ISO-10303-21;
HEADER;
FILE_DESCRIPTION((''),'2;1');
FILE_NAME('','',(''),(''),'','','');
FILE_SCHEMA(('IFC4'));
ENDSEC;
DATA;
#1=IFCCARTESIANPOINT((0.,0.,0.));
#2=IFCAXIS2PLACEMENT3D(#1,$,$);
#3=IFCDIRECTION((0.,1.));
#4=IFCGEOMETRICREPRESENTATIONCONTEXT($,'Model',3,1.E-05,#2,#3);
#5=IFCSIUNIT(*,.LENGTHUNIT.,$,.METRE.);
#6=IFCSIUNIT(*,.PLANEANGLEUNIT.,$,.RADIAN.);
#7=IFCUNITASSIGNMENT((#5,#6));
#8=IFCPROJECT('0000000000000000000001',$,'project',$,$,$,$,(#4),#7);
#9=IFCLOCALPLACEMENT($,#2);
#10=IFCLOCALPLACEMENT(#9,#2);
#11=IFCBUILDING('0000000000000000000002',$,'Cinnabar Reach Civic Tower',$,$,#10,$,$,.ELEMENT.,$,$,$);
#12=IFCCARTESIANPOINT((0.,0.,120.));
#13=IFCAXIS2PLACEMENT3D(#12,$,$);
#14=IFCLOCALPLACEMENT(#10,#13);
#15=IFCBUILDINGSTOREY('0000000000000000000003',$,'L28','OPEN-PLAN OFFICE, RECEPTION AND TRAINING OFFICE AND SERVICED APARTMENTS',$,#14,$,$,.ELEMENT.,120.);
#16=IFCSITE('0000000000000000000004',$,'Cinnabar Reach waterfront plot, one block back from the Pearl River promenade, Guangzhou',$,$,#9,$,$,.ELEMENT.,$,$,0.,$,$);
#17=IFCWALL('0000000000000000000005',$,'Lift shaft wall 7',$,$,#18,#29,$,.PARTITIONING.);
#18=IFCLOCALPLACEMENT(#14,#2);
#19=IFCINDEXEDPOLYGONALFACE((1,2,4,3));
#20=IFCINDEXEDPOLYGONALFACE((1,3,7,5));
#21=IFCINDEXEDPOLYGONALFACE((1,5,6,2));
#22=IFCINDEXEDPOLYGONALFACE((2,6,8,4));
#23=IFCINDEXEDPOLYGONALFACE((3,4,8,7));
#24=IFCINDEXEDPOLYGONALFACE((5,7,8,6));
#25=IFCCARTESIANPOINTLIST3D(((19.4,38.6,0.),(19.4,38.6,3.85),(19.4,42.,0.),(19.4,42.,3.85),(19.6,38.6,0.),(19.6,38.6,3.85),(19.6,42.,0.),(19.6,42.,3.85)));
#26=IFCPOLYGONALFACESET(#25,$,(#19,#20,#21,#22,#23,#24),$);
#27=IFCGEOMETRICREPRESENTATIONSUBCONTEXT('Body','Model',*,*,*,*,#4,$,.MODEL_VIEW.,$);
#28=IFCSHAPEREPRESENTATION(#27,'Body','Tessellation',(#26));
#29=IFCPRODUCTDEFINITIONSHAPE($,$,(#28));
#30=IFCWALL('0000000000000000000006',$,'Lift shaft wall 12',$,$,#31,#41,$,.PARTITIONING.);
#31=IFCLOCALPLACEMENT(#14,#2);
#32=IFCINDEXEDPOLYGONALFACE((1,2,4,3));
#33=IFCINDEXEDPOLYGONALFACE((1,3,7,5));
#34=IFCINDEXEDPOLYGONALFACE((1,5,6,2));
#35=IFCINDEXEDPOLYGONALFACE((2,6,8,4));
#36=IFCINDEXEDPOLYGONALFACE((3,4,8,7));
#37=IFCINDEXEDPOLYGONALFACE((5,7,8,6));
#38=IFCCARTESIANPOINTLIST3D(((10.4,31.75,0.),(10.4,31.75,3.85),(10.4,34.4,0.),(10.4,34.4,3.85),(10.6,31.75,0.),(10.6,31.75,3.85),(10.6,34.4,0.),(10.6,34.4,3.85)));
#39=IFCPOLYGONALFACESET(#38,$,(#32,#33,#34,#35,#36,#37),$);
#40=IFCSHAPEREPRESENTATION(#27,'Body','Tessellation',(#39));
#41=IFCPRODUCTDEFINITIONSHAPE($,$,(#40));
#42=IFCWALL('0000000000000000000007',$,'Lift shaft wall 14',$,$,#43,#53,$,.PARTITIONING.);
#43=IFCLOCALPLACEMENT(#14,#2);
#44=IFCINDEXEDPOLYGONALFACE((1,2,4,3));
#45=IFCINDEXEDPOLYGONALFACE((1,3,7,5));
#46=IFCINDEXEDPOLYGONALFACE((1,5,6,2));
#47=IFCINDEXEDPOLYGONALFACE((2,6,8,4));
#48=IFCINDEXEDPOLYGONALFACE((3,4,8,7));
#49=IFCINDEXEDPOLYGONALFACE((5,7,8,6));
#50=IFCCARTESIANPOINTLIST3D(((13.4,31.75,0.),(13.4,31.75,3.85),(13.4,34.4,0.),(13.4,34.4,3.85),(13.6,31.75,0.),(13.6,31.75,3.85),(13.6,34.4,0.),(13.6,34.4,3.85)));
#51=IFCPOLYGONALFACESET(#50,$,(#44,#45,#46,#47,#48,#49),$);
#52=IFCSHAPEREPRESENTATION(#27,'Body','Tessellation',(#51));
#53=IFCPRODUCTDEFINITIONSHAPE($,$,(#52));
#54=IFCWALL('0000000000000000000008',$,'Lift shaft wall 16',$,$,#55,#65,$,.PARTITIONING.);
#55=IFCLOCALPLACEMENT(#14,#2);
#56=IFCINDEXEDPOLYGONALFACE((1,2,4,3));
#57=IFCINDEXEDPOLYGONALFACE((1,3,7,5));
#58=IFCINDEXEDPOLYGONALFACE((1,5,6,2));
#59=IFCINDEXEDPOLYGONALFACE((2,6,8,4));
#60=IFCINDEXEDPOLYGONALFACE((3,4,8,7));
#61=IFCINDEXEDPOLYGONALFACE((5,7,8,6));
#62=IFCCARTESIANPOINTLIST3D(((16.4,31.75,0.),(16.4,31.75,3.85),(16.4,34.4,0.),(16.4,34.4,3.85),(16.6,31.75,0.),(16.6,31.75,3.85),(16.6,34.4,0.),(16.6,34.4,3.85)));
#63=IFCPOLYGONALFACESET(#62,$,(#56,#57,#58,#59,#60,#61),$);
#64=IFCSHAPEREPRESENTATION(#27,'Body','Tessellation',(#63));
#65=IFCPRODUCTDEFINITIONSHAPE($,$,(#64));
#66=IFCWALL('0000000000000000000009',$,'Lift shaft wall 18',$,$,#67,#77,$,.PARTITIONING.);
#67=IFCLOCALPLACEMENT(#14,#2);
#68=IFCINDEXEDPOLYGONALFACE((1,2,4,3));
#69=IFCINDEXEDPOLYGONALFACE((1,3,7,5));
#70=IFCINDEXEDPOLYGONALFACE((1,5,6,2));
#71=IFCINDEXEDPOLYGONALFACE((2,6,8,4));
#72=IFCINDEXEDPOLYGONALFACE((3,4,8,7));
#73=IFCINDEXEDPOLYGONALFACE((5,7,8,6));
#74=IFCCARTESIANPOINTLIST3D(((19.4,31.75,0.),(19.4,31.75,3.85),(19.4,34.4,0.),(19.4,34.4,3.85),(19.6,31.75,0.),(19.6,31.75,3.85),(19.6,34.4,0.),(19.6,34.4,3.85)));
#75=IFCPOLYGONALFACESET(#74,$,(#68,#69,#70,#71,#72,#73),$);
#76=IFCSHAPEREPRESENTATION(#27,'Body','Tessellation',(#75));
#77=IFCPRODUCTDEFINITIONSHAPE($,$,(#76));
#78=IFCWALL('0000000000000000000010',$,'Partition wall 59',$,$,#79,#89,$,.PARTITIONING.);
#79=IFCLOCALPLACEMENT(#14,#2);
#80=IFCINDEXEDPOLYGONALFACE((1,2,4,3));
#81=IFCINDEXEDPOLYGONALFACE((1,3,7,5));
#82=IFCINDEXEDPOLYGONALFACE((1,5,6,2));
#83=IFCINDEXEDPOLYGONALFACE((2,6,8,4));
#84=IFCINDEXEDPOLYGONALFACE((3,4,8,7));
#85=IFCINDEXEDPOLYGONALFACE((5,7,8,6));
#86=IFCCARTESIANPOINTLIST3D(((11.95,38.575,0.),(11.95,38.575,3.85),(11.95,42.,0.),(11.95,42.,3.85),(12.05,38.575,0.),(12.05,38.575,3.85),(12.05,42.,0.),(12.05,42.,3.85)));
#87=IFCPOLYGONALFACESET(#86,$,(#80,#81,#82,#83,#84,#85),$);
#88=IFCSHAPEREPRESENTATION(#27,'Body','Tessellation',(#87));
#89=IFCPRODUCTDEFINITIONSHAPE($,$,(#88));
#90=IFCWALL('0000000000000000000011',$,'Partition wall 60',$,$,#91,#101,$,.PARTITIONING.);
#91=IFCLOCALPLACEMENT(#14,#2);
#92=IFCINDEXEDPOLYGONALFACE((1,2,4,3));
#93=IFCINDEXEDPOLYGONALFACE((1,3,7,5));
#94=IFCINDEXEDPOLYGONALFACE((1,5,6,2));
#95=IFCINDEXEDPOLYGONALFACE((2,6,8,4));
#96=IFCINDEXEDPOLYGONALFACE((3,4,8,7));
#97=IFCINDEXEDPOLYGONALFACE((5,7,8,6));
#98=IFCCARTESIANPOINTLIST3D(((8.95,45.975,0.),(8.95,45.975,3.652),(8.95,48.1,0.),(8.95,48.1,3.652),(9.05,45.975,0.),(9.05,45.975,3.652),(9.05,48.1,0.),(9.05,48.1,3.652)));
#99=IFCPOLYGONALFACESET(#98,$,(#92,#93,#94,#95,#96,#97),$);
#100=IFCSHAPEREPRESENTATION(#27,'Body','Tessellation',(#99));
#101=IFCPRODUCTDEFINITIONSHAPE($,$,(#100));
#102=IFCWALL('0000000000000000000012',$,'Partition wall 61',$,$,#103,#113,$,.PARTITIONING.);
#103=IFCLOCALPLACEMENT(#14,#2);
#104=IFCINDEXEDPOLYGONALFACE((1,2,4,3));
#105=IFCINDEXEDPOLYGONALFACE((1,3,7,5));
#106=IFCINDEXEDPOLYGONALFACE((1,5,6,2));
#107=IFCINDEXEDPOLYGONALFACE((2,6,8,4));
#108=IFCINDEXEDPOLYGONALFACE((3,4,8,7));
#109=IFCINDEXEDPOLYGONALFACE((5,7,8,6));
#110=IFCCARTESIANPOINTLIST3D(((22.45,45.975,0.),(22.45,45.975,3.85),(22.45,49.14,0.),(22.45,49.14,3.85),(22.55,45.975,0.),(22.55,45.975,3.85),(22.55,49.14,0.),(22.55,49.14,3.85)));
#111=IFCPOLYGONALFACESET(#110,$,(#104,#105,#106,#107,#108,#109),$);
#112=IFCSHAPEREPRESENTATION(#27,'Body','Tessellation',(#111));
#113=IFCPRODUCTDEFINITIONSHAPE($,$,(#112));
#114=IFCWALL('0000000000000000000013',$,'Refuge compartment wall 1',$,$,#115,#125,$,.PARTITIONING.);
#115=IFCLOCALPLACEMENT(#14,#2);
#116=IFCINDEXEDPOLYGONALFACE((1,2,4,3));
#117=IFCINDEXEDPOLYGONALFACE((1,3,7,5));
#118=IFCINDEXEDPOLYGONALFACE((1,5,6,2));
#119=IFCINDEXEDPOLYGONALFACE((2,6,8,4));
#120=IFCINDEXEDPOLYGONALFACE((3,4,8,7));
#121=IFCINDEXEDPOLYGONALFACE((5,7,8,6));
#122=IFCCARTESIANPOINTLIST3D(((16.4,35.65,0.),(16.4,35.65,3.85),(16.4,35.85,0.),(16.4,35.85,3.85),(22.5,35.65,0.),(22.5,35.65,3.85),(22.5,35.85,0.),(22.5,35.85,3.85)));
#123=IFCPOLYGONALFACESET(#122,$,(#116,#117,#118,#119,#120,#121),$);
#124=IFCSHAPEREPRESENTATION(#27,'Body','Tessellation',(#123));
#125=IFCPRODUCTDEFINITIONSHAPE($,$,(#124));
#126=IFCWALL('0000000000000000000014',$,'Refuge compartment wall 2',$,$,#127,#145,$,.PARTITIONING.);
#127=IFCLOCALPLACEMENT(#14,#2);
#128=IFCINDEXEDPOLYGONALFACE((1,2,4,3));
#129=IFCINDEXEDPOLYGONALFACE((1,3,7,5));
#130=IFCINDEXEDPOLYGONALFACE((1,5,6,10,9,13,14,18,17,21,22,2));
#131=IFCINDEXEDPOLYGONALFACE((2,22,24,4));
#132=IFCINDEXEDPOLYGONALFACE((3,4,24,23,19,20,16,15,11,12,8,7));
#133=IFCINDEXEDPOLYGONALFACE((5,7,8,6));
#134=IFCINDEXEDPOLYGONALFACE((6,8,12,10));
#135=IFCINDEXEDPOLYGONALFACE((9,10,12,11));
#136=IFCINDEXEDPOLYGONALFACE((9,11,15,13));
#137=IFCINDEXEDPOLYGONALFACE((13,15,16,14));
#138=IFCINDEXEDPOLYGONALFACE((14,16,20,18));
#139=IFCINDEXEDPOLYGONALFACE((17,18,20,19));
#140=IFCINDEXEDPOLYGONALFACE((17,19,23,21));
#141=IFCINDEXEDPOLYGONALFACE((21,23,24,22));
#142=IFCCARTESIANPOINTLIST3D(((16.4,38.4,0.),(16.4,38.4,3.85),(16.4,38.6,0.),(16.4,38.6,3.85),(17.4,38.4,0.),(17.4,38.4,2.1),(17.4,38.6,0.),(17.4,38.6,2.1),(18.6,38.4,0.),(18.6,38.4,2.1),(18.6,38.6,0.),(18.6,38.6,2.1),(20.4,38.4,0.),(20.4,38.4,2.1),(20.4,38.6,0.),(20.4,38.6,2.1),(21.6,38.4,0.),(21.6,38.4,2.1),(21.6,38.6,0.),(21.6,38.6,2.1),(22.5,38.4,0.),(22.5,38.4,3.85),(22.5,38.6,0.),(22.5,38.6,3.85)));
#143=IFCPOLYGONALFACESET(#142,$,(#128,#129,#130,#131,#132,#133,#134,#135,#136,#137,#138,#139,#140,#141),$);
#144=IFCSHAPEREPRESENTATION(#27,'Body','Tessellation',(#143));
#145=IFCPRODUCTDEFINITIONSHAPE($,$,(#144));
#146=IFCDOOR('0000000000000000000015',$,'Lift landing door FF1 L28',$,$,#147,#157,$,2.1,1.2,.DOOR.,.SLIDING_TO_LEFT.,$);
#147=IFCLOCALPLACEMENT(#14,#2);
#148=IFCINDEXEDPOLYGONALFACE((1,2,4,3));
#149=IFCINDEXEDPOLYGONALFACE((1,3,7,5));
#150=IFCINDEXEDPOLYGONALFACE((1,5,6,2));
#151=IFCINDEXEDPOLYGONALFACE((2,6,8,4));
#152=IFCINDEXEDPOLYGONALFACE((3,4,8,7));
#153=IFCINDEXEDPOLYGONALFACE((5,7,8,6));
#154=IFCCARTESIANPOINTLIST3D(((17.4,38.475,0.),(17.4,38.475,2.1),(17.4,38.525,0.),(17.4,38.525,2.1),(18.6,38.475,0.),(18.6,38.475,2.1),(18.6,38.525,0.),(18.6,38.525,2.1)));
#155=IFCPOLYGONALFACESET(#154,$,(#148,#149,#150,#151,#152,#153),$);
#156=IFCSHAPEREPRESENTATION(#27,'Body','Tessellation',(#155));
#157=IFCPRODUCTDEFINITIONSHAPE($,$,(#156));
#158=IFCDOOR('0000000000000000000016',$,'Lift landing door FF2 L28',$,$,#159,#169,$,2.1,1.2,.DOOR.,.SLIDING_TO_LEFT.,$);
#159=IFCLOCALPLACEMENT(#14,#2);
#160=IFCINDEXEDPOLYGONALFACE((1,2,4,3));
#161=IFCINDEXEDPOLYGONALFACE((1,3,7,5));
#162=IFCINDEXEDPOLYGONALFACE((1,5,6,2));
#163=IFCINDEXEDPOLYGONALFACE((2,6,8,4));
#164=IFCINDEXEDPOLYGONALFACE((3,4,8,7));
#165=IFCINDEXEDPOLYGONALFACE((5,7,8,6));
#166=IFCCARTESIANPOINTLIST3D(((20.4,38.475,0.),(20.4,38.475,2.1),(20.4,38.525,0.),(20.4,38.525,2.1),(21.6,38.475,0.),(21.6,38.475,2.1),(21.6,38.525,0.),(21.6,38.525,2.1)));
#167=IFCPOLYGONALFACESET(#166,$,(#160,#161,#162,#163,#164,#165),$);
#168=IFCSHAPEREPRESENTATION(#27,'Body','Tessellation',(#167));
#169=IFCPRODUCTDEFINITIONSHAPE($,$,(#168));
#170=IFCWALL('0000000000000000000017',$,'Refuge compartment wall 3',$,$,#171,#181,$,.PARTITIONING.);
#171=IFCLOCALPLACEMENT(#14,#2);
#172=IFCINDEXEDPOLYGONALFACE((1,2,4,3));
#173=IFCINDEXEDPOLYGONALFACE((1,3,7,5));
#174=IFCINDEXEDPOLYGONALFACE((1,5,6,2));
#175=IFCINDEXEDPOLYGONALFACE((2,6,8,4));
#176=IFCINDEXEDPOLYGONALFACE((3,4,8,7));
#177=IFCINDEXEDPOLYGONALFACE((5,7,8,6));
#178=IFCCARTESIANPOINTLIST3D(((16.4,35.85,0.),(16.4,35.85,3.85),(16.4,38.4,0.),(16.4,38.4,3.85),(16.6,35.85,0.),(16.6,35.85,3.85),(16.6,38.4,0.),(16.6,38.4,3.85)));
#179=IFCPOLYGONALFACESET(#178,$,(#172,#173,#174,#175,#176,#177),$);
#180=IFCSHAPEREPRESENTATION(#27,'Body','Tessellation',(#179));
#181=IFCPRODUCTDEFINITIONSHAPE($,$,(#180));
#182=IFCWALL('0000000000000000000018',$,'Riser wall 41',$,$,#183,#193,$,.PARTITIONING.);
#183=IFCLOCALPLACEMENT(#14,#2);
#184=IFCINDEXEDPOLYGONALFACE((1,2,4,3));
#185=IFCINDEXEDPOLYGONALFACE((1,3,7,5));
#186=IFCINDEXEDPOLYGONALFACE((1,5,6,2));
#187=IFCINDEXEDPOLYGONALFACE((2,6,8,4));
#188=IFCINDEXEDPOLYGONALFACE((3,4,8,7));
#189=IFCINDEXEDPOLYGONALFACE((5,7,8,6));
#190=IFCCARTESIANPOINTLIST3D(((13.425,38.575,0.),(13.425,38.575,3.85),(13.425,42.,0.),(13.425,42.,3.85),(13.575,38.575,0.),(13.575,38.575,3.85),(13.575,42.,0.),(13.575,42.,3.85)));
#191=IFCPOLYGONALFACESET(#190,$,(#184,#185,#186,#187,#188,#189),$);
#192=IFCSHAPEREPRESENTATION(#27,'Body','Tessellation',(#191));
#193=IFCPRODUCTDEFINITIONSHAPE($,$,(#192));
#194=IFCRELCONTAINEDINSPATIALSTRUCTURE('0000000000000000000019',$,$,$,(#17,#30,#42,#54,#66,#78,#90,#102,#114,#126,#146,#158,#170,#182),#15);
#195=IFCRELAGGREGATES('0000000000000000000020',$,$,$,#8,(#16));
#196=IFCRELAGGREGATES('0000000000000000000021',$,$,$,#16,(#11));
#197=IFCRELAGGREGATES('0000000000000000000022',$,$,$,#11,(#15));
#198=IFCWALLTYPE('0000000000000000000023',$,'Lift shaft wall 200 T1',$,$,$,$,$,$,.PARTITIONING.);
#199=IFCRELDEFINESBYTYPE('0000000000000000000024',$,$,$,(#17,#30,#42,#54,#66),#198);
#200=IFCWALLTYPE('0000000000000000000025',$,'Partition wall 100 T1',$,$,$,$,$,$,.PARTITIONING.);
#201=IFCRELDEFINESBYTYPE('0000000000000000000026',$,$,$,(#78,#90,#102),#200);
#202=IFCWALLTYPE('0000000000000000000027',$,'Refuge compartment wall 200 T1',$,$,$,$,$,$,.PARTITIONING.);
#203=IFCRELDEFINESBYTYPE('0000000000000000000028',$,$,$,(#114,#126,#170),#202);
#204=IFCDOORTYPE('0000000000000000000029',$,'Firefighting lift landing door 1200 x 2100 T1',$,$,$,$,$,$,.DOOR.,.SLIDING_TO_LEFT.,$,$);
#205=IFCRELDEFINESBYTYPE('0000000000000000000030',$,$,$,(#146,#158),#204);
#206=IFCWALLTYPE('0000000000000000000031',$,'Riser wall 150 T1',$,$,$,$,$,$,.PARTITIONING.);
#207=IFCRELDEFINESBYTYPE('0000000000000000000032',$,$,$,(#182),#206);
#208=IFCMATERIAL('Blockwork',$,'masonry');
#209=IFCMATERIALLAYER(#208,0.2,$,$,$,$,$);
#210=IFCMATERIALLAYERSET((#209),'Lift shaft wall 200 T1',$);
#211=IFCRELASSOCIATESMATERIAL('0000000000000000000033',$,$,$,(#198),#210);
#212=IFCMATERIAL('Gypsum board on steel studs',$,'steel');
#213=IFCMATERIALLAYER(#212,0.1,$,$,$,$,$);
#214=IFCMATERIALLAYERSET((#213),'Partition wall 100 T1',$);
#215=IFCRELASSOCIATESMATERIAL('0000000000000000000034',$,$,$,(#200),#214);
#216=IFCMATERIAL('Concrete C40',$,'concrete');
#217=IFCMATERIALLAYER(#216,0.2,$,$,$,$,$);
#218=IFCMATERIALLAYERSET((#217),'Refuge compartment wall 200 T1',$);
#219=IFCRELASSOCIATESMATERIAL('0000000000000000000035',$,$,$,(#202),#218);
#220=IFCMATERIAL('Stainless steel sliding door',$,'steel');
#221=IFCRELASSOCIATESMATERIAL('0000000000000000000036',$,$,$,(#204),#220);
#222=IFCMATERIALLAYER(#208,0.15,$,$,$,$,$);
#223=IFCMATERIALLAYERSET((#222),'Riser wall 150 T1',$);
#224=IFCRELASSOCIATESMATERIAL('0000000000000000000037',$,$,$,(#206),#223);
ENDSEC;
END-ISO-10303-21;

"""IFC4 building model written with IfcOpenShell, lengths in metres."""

from ifc_helpers import new_model, si_unit, direction, frame, frame_2d, origin, place, context, subcontext, project, spatial, rectangle, extrude, material, layer, layer_set, type_object, element, fill, save


model = new_model("IFC4")

# Units and contexts
model_context = context("Model", 3, precision=1e-05, world=origin(), true_north=direction((0.0, 1.0)))
body_context = subcontext(model_context, "Body", "Model", "MODEL_VIEW")
ifc_project = project(units=[si_unit("LENGTHUNIT", "METRE"), si_unit("PLANEANGLEUNIT", "RADIAN")], contexts=[model_context])

# Site, building, storey
site_placement = place(None, origin())
site = spatial("IfcSite", under=ifc_project, at=site_placement, Name="Cinnabar Reach waterfront plot, one block back from the Pearl River promenade, Guangzhou", CompositionType="ELEMENT", RefElevation=0.0)
building_placement = place(site_placement, origin())
building = spatial("IfcBuilding", under=site, at=building_placement, Name="Cinnabar Reach Civic Tower", CompositionType="ELEMENT")
storey_placement = place(building_placement, frame((0.0, 0.0, 120.0)))
storey = spatial("IfcBuildingStorey", under=building, at=storey_placement, Name="L28", Description="OPEN-PLAN OFFICE, RECEPTION AND TRAINING OFFICE AND SERVICED APARTMENTS", CompositionType="ELEMENT", Elevation=120.0)

# Walls
ifc_material_1 = material(Name="Blockwork", Category="masonry")
ifc_layer_1 = layer(ifc_material_1, 0.2)
ifc_layer_set_1 = layer_set([ifc_layer_1], Name="Lift shaft wall 200 T1")
wall_type_1 = type_object("IfcWallType", Name="Lift shaft wall 200 T1", PredefinedType="PARTITIONING", material=ifc_layer_set_1)
for number, where, z_axis, x_axis, name in (
    (1, (19.5, 38.6, 0.0), (0.0, 0.0, 1.0), (0.0, 1.0, 0.0), "Lift shaft wall 7"),
):
    element("IfcWall", number, at=place(storey_placement, frame(where, z_axis=z_axis, x_axis=x_axis)), inside=storey, type_object=wall_type_1, Name=name, PredefinedType="PARTITIONING", context=body_context, shape_type="SweptSolid", body=[
        extrude(rectangle(XDim=3.4, YDim=0.2, at=frame_2d((1.7, 0.0))), origin(), (0.0, 0.0, 1.0), 3.85),
    ])
for number, where, z_axis, x_axis, name in (
    (2, (10.5, 31.75, 0.0), (0.0, 0.0, 1.0), (0.0, 1.0, 0.0), "Lift shaft wall 12"),
    (3, (13.5, 31.75, 0.0), (0.0, 0.0, 1.0), (0.0, 1.0, 0.0), "Lift shaft wall 14"),
    (4, (16.5, 31.75, 0.0), (0.0, 0.0, 1.0), (0.0, 1.0, 0.0), "Lift shaft wall 16"),
    (5, (19.5, 31.75, 0.0), (0.0, 0.0, 1.0), (0.0, 1.0, 0.0), "Lift shaft wall 18"),
):
    element("IfcWall", number, at=place(storey_placement, frame(where, z_axis=z_axis, x_axis=x_axis)), inside=storey, type_object=wall_type_1, Name=name, PredefinedType="PARTITIONING", context=body_context, shape_type="SweptSolid", body=[
        extrude(rectangle(XDim=2.65, YDim=0.2, at=frame_2d((1.325, 0.0))), origin(), (0.0, 0.0, 1.0), 3.85),
    ])
ifc_material_2 = material(Name="Gypsum board on steel studs", Category="steel")
ifc_layer_2 = layer(ifc_material_2, 0.1)
ifc_layer_set_2 = layer_set([ifc_layer_2], Name="Partition wall 100 T1")
wall_type_2 = type_object("IfcWallType", Name="Partition wall 100 T1", PredefinedType="PARTITIONING", material=ifc_layer_set_2)
wall_1_placement = place(storey_placement, frame((12.0, 38.575, 0.0), z_axis=(0.0, 0.0, 1.0), x_axis=(0.0, 1.0, 0.0)))
element("IfcWall", 6, at=wall_1_placement, inside=storey, type_object=wall_type_2, Name="Partition wall 59", PredefinedType="PARTITIONING", context=body_context, shape_type="SweptSolid", body=[
    extrude(rectangle(XDim=3.425, YDim=0.1, at=frame_2d((1.7125, 0.0))), origin(), (0.0, 0.0, 1.0), 3.85),
])
wall_2_placement = place(storey_placement, frame((9.0, 45.975, 0.0), z_axis=(0.0, 0.0, 1.0), x_axis=(0.0, 1.0, 0.0)))
element("IfcWall", 7, at=wall_2_placement, inside=storey, type_object=wall_type_2, Name="Partition wall 60", PredefinedType="PARTITIONING", context=body_context, shape_type="SweptSolid", body=[
    extrude(rectangle(XDim=2.125, YDim=0.1, at=frame_2d((1.0625, 0.0))), origin(), (0.0, 0.0, 1.0), 3.652),
])
wall_3_placement = place(storey_placement, frame((22.5, 45.975, 0.0), z_axis=(0.0, 0.0, 1.0), x_axis=(0.0, 1.0, 0.0)))
element("IfcWall", 8, at=wall_3_placement, inside=storey, type_object=wall_type_2, Name="Partition wall 61", PredefinedType="PARTITIONING", context=body_context, shape_type="SweptSolid", body=[
    extrude(rectangle(XDim=3.165, YDim=0.1, at=frame_2d((1.5825, 0.0))), origin(), (0.0, 0.0, 1.0), 3.85),
])
ifc_material_3 = material(Name="Concrete C40", Category="concrete")
ifc_layer_3 = layer(ifc_material_3, 0.2)
ifc_layer_set_3 = layer_set([ifc_layer_3], Name="Refuge compartment wall 200 T1")
wall_type_3 = type_object("IfcWallType", Name="Refuge compartment wall 200 T1", PredefinedType="PARTITIONING", material=ifc_layer_set_3)
wall_4_placement = place(storey_placement, frame((16.4, 35.75, 0.0), z_axis=(0.0, 0.0, 1.0), x_axis=(1.0, 0.0, 0.0)))
element("IfcWall", 9, at=wall_4_placement, inside=storey, type_object=wall_type_3, Name="Refuge compartment wall 1", PredefinedType="PARTITIONING", context=body_context, shape_type="SweptSolid", body=[
    extrude(rectangle(XDim=6.1, YDim=0.2, at=frame_2d((3.05, 0.0))), origin(), (0.0, 0.0, 1.0), 3.85),
])

# Wall, openings, doors
wall_5_placement = place(storey_placement, frame((16.4, 38.5, 0.0), z_axis=(0.0, 0.0, 1.0), x_axis=(1.0, 0.0, 0.0)))
wall_5 = element("IfcWall", 10, at=wall_5_placement, inside=storey, type_object=wall_type_3, Name="Refuge compartment wall 2", PredefinedType="PARTITIONING", context=body_context, shape_type="SweptSolid", body=[
    extrude(rectangle(XDim=6.1, YDim=0.2, at=frame_2d((3.05, 0.0))), origin(), (0.0, 0.0, 1.0), 3.85),
])
opening_1_placement = place(wall_5_placement, frame((1.0, 0.0, 0.0)))
opening_1 = element("IfcOpeningElement", 11, at=opening_1_placement, cuts=wall_5, PredefinedType="OPENING", context=body_context, shape_type="SweptSolid", body=[
    extrude(rectangle(XDim=1.2, YDim=2.1, at=frame_2d((0.6, 1.05))), frame((0.0, 0.11, 0.0), z_axis=(0.0, -1.0, 0.0), x_axis=(1.0, 0.0, 0.0)), (0.0, 0.0, 1.0), 0.22),
])
opening_2_placement = place(wall_5_placement, frame((4.0, 0.0, 0.0)))
opening_2 = element("IfcOpeningElement", 12, at=opening_2_placement, cuts=wall_5, PredefinedType="OPENING", context=body_context, shape_type="SweptSolid", body=[
    extrude(rectangle(XDim=1.2, YDim=2.1, at=frame_2d((0.6, 1.05))), frame((0.0, 0.11, 0.0), z_axis=(0.0, -1.0, 0.0), x_axis=(1.0, 0.0, 0.0)), (0.0, 0.0, 1.0), 0.22),
])
ifc_material_4 = material(Name="Stainless steel sliding door", Category="steel")
door_type_1 = type_object("IfcDoorType", Name="Firefighting lift landing door 1200 x 2100 T1", OperationType="SLIDING_TO_LEFT", PredefinedType="DOOR", material=ifc_material_4)
door_1_placement = place(opening_1_placement, origin())
door_1 = element("IfcDoor", 13, at=door_1_placement, inside=storey, type_object=door_type_1, Name="Lift landing door FF1 L28", OperationType="SLIDING_TO_LEFT", OverallHeight=2.1, OverallWidth=1.2, PredefinedType="DOOR", context=body_context, shape_type="SweptSolid", body=[
    extrude(rectangle(XDim=1.2, YDim=2.1, at=frame_2d((0.6, 1.05))), frame((0.0, 0.025, 0.0), z_axis=(0.0, -1.0, 0.0), x_axis=(1.0, 0.0, 0.0)), (0.0, 0.0, 1.0), 0.05),
])
fill(opening_1, door_1)
door_2_placement = place(opening_2_placement, origin())
door_2 = element("IfcDoor", 14, at=door_2_placement, inside=storey, type_object=door_type_1, Name="Lift landing door FF2 L28", OperationType="SLIDING_TO_LEFT", OverallHeight=2.1, OverallWidth=1.2, PredefinedType="DOOR", context=body_context, shape_type="SweptSolid", body=[
    extrude(rectangle(XDim=1.2, YDim=2.1, at=frame_2d((0.6, 1.05))), frame((0.0, 0.025, 0.0), z_axis=(0.0, -1.0, 0.0), x_axis=(1.0, 0.0, 0.0)), (0.0, 0.0, 1.0), 0.05),
])
fill(opening_2, door_2)

# Walls
wall_6_placement = place(storey_placement, frame((16.5, 35.85, 0.0), z_axis=(0.0, 0.0, 1.0), x_axis=(0.0, 1.0, 0.0)))
element("IfcWall", 15, at=wall_6_placement, inside=storey, type_object=wall_type_3, Name="Refuge compartment wall 3", PredefinedType="PARTITIONING", context=body_context, shape_type="SweptSolid", body=[
    extrude(rectangle(XDim=2.55, YDim=0.2, at=frame_2d((1.275, 0.0))), origin(), (0.0, 0.0, 1.0), 3.85),
])
ifc_layer_4 = layer(ifc_material_1, 0.15)
ifc_layer_set_4 = layer_set([ifc_layer_4], Name="Riser wall 150 T1")
wall_type_4 = type_object("IfcWallType", Name="Riser wall 150 T1", PredefinedType="PARTITIONING", material=ifc_layer_set_4)
wall_7_placement = place(storey_placement, frame((13.5, 38.575, 0.0), z_axis=(0.0, 0.0, 1.0), x_axis=(0.0, 1.0, 0.0)))
element("IfcWall", 16, at=wall_7_placement, inside=storey, type_object=wall_type_4, Name="Riser wall 41", PredefinedType="PARTITIONING", context=body_context, shape_type="SweptSolid", body=[
    extrude(rectangle(XDim=3.425, YDim=0.15, at=frame_2d((1.7125, 0.0))), origin(), (0.0, 0.0, 1.0), 3.85),
])

save(model, "model.ifc")
